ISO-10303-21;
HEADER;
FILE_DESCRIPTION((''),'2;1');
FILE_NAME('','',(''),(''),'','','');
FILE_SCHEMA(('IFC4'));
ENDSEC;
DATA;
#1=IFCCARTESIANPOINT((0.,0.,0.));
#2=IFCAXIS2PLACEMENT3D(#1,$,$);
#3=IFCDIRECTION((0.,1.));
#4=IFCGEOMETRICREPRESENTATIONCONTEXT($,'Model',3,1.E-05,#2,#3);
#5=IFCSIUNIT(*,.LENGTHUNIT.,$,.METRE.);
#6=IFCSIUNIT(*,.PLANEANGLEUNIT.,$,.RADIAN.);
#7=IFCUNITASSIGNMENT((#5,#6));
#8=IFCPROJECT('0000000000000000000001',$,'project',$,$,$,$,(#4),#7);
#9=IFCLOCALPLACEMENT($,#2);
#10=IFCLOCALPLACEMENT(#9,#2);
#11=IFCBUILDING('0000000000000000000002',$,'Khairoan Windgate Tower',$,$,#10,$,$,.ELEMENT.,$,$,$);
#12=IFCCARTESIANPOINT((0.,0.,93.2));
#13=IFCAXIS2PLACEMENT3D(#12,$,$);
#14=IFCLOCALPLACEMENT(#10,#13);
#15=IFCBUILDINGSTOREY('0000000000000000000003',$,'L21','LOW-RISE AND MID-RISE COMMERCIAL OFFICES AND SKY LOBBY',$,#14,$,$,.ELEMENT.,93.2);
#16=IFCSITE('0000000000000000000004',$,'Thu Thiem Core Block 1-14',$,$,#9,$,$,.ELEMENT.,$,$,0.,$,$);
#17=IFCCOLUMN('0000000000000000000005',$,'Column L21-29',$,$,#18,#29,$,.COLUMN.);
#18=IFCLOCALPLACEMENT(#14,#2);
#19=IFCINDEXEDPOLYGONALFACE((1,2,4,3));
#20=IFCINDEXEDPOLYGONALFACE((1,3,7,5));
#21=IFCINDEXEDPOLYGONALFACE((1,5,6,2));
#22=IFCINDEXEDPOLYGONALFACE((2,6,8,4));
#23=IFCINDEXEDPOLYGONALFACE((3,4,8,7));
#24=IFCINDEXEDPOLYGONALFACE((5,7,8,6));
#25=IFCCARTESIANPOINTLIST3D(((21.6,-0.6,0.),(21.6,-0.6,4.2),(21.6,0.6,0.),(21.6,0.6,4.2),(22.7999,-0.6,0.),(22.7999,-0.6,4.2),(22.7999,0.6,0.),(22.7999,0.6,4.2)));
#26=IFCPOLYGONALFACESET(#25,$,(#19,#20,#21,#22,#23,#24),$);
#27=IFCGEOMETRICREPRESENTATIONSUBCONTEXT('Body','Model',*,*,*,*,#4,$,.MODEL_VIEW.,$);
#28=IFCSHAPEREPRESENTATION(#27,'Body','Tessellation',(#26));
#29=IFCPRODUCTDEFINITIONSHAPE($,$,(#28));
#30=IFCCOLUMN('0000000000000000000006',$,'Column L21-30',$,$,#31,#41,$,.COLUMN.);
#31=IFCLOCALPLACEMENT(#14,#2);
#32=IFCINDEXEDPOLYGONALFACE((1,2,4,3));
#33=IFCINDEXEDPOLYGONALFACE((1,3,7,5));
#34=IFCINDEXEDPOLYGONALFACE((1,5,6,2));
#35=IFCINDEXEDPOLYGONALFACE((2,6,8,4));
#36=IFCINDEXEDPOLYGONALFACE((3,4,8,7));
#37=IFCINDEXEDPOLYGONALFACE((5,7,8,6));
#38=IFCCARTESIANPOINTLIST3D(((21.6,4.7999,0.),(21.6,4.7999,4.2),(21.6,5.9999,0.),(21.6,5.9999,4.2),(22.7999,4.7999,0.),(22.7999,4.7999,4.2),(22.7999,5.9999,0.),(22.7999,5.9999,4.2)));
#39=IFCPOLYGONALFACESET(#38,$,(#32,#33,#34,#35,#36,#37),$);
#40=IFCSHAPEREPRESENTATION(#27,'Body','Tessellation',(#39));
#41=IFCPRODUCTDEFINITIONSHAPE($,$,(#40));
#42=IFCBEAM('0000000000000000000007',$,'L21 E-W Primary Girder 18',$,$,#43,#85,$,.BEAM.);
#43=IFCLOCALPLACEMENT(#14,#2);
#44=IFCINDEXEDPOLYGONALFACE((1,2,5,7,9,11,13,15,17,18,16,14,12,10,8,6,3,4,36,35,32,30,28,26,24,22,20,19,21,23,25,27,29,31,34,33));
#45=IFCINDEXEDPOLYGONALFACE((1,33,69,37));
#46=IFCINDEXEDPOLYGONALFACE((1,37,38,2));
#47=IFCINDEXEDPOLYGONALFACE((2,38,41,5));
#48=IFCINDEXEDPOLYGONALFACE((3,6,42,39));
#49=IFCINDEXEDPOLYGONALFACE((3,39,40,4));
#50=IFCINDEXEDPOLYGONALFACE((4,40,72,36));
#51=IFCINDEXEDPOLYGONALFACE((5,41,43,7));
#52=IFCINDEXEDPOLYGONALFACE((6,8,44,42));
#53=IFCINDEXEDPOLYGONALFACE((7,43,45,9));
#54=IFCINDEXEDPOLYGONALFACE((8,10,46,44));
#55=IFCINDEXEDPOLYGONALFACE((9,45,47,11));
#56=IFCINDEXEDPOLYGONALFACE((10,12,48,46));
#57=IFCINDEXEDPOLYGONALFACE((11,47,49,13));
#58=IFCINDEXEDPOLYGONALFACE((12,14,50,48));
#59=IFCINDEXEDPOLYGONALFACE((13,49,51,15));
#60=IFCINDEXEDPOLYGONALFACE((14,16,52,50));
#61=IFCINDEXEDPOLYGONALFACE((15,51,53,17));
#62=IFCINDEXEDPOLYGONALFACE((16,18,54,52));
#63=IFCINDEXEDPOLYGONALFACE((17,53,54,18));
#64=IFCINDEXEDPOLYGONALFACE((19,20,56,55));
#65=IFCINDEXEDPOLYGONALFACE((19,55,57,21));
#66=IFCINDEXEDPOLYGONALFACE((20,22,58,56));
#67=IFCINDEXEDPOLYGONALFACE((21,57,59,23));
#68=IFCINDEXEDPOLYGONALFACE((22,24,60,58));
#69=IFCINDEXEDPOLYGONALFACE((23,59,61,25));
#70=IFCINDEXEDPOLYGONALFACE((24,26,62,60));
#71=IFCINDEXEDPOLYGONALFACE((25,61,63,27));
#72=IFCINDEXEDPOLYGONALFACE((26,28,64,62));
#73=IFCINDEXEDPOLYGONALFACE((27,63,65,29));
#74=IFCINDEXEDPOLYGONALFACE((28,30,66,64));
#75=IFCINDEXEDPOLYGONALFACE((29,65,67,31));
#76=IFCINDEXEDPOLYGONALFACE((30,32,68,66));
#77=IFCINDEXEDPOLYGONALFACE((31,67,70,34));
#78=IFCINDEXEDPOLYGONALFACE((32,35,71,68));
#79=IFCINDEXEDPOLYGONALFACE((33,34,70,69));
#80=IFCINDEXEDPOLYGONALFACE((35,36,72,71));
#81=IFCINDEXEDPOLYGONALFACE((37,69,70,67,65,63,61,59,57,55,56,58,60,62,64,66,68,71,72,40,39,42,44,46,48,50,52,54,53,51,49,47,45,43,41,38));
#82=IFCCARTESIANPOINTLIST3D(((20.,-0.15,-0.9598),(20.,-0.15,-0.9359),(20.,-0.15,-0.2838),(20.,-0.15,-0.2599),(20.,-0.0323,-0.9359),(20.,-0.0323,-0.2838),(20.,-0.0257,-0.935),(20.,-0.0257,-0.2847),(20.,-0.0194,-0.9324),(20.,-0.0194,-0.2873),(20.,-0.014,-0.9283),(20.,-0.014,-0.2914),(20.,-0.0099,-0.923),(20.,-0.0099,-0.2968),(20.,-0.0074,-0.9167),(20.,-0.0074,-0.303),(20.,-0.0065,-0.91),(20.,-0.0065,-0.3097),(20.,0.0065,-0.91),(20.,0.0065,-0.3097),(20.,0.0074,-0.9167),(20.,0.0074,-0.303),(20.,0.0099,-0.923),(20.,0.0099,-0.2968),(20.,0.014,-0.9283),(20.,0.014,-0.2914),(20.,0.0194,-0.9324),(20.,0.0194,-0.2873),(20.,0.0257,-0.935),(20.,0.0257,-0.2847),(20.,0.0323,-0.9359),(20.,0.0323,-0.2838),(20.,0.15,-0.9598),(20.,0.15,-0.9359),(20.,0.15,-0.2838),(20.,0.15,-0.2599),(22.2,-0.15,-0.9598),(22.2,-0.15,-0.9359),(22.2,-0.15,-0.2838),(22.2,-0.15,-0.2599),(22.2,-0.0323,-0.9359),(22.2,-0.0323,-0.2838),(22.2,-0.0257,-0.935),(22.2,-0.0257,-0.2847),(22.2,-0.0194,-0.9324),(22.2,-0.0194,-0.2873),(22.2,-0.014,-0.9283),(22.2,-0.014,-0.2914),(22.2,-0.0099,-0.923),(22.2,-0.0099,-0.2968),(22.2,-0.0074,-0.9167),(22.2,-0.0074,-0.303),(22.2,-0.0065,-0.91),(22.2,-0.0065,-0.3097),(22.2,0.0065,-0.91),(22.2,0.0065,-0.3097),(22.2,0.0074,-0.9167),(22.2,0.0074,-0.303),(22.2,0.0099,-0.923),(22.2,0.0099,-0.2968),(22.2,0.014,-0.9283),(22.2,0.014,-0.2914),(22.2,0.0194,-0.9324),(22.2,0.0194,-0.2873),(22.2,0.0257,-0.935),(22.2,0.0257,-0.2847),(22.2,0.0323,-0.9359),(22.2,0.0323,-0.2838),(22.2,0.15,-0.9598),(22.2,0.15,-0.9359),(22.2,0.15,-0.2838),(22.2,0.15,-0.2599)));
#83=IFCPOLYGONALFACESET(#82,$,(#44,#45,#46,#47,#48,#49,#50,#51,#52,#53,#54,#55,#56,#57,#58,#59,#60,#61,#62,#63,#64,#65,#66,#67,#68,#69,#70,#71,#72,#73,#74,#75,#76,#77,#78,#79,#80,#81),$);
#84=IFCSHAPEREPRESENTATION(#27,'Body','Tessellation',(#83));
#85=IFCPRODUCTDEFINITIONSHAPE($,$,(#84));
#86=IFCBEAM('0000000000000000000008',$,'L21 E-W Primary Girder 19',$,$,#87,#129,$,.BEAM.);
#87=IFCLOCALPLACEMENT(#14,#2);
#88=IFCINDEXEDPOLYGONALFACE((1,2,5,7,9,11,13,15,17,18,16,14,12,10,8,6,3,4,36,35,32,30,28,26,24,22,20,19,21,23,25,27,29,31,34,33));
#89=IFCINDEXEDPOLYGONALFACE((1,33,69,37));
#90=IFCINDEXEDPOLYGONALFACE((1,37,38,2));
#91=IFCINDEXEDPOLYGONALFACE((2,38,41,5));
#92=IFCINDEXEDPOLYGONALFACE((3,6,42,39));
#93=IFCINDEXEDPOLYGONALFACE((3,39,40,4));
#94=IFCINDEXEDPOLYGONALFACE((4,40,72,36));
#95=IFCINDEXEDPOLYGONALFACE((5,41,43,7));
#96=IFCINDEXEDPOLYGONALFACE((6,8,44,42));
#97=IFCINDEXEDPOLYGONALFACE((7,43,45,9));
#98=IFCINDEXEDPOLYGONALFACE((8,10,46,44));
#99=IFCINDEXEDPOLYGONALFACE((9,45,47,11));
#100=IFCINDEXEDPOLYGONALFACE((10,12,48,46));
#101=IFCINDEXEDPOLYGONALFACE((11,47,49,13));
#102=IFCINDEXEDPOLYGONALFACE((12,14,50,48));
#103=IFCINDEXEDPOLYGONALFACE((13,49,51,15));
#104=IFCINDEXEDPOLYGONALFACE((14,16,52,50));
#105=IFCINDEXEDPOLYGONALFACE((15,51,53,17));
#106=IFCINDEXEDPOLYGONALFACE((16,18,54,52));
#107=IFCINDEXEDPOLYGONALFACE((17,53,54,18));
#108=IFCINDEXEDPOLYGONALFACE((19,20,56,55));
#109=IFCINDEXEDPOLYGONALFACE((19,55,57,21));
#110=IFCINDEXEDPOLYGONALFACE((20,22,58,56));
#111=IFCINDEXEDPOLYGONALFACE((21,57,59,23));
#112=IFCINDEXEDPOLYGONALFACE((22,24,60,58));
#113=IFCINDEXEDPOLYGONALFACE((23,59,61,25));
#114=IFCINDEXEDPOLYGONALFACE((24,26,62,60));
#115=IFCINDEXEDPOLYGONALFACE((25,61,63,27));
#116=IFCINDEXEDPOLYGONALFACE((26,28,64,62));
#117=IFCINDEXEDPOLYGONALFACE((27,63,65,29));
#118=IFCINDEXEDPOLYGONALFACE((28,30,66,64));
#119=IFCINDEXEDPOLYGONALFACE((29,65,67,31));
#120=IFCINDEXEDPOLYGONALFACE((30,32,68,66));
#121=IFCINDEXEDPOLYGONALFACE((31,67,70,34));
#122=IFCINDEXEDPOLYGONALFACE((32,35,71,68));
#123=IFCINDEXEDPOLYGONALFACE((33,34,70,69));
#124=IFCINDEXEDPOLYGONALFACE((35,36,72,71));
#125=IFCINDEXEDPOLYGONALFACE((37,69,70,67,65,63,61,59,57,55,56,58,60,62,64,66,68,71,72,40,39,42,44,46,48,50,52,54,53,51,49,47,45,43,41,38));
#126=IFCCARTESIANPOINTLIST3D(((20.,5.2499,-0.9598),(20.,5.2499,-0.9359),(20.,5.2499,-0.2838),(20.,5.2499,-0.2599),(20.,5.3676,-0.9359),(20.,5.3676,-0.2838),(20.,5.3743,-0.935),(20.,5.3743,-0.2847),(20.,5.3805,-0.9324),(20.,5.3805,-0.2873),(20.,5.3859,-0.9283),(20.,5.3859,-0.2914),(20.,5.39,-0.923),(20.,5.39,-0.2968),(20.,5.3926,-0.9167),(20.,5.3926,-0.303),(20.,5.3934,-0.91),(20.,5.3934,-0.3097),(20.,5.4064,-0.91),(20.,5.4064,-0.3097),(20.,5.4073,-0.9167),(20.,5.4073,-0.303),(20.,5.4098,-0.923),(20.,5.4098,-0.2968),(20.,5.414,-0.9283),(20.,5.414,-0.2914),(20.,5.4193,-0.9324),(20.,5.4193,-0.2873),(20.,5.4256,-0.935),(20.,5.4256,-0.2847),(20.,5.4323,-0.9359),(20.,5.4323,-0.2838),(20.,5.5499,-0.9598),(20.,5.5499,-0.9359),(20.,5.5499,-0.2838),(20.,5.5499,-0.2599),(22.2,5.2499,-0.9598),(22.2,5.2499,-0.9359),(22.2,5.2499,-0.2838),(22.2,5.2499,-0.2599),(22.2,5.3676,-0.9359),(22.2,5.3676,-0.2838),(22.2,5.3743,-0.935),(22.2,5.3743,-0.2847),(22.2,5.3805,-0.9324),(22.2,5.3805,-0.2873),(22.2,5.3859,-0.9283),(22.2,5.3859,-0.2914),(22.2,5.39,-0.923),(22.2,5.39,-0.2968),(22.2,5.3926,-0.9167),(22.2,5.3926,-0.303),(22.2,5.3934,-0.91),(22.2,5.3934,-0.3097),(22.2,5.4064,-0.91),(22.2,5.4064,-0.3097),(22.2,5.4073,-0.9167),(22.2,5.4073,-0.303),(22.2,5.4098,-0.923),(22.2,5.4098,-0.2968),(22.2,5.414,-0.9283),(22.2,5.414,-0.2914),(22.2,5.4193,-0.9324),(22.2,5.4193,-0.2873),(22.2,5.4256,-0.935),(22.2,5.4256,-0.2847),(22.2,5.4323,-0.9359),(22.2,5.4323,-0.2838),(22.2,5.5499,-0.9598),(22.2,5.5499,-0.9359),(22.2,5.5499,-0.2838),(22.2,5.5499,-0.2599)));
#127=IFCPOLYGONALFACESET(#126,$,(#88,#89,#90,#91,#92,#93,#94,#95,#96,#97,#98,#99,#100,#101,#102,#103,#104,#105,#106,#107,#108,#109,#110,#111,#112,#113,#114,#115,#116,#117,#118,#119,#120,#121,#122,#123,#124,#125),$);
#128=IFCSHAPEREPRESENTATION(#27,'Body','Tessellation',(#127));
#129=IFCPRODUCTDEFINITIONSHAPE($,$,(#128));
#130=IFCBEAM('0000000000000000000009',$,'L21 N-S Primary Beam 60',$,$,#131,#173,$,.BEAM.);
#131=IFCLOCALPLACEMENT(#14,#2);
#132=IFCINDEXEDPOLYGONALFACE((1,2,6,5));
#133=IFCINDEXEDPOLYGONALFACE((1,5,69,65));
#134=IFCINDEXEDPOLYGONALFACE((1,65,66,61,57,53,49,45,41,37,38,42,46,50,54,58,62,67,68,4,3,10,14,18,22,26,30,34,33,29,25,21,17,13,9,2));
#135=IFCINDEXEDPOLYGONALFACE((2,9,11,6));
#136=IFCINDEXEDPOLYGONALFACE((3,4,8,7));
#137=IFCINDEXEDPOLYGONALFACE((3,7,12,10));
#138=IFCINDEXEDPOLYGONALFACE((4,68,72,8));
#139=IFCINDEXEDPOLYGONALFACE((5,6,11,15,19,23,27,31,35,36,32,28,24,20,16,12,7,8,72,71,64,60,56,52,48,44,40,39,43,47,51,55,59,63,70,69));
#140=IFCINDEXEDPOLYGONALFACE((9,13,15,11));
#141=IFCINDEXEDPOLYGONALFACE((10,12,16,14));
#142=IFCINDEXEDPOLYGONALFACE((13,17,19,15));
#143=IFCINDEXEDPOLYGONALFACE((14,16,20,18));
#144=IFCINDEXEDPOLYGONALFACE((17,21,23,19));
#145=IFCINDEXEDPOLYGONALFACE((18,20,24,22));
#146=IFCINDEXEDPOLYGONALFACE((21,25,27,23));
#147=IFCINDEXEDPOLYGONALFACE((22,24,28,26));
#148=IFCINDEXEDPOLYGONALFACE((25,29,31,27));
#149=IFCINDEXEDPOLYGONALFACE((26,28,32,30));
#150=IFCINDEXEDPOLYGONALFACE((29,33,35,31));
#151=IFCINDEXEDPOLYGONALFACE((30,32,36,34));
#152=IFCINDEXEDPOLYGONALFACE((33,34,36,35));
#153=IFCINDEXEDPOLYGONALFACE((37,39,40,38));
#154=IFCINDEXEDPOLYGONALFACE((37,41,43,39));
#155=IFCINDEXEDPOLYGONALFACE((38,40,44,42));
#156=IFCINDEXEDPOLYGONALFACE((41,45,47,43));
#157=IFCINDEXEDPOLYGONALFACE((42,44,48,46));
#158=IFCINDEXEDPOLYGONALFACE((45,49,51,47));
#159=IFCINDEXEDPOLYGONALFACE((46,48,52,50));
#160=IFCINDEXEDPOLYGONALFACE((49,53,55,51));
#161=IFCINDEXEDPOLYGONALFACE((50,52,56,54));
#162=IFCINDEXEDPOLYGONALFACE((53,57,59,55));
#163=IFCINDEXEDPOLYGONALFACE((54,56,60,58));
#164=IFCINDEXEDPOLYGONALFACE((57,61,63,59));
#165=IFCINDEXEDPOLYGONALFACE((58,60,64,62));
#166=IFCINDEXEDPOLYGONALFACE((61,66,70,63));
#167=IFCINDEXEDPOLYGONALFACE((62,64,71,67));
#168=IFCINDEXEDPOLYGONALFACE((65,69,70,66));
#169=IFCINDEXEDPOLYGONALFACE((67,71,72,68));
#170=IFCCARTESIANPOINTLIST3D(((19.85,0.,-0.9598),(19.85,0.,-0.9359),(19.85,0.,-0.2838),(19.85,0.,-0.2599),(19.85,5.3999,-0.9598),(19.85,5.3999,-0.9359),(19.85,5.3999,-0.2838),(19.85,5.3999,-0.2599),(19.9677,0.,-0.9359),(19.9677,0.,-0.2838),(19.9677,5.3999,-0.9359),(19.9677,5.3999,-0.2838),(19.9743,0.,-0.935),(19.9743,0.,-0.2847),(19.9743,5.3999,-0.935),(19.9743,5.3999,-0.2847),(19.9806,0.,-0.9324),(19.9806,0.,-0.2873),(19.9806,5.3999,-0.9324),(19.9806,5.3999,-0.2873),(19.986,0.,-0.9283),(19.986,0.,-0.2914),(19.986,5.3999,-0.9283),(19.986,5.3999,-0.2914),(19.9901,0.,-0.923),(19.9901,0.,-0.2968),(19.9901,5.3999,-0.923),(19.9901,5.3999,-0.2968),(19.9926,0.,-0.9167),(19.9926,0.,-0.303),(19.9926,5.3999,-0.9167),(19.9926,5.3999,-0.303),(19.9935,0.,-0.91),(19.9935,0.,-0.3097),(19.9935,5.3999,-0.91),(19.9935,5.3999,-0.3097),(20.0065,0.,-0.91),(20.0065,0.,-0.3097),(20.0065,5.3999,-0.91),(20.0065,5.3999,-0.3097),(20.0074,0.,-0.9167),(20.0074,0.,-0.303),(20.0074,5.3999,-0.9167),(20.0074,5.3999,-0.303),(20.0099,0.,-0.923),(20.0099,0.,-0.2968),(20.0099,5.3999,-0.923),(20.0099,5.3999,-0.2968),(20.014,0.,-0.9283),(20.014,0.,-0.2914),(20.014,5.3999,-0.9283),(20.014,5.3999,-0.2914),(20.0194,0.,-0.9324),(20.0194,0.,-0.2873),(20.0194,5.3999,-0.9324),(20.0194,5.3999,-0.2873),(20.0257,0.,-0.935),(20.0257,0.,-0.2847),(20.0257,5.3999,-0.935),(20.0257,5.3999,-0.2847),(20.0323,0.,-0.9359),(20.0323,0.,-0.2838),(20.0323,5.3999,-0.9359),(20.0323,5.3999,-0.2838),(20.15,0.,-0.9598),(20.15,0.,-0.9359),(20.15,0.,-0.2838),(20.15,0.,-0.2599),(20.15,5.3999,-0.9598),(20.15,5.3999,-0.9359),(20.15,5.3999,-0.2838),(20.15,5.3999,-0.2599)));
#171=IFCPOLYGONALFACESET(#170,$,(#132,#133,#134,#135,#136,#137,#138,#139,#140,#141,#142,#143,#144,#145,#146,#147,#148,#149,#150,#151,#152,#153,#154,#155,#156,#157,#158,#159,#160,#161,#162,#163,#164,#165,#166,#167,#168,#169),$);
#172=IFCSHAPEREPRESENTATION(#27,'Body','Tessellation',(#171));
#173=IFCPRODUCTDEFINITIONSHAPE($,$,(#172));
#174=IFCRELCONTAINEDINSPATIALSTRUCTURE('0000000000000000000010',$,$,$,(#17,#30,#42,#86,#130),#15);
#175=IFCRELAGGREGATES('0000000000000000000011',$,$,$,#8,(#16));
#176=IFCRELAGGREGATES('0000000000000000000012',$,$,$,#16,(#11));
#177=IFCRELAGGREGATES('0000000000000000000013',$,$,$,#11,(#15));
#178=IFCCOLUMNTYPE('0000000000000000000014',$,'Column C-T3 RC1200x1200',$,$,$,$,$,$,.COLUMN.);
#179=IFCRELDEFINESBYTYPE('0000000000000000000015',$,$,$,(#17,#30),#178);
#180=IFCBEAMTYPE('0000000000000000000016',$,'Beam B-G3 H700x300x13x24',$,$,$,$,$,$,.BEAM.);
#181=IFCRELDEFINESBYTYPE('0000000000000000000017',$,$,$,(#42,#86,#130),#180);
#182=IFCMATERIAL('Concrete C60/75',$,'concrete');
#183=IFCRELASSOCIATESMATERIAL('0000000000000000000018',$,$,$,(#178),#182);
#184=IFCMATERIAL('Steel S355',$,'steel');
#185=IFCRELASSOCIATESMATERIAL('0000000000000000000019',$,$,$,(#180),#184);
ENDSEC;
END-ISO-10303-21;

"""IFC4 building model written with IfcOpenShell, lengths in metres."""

from ifc_helpers import new_model, si_unit, direction, frame, origin, origin_2d, place, context, subcontext, project, spatial, rectangle, i_section, extrude, material, material_profile, profile_set, type_object, element, save


model = new_model("IFC4")

# Units and contexts
model_context = context("Model", 3, precision=1e-05, world=origin(), true_north=direction((0.0, 1.0)))
body_context = subcontext(model_context, "Body", "Model", "MODEL_VIEW")
ifc_project = project(units=[si_unit("LENGTHUNIT", "METRE"), si_unit("PLANEANGLEUNIT", "RADIAN")], contexts=[model_context])

# Site, building, storey
site_placement = place(None, origin())
site = spatial("IfcSite", under=ifc_project, at=site_placement, Name="Thu Thiem Core Block 1-14", CompositionType="ELEMENT", RefElevation=0.0)
building_placement = place(site_placement, origin())
building = spatial("IfcBuilding", under=site, at=building_placement, Name="Khairoan Windgate Tower", CompositionType="ELEMENT")
storey_placement = place(building_placement, frame((0.0, 0.0, 93.2)))
storey = spatial("IfcBuildingStorey", under=building, at=storey_placement, Name="L21", Description="LOW-RISE AND MID-RISE COMMERCIAL OFFICES AND SKY LOBBY", CompositionType="ELEMENT", Elevation=93.2)

# Columns
ifc_material_1 = material(Name="Concrete C60/75", Category="concrete")
ifc_material_profile_1 = material_profile(ifc_material_1, rectangle(XDim=1.2, YDim=1.2, at=origin_2d()))
ifc_profile_set_1 = profile_set([ifc_material_profile_1], Name="Concrete C60/75")
column_type = type_object("IfcColumnType", Name="Column C-T3 RC1200x1200", PredefinedType="COLUMN", material=ifc_profile_set_1)
for number, where, z_axis, x_axis, name in (
    (1, (22.2, 0.0, 0.0), (0.0, 0.0, 1.0), (1.0, 0.0, 0.0), "Column L21-29"),
    (2, (22.2, 5.3999, 0.0), (0.0, 0.0, 1.0), (1.0, 0.0, 0.0), "Column L21-30"),
):
    element("IfcColumn", number, at=place(storey_placement, frame(where, z_axis=z_axis, x_axis=x_axis)), inside=storey, type_object=column_type, Name=name, PredefinedType="COLUMN", context=body_context, shape_type="SweptSolid", body=[
        extrude(rectangle(XDim=1.2, YDim=1.2, at=origin_2d()), origin(), (0.0, 0.0, 1.0), 4.2),
    ])

# Beams
ifc_material_2 = material(Name="Steel S355", Category="steel")
ifc_material_profile_2 = material_profile(ifc_material_2, i_section(OverallWidth=0.3, OverallDepth=0.7, WebThickness=0.0129, FlangeThickness=0.0239, FilletRadius=0.0259, at=origin_2d()))
ifc_profile_set_2 = profile_set([ifc_material_profile_2], Name="Steel S355")
beam_type_1 = type_object("IfcBeamType", Name="Beam B-G3 H700x300x13x24", PredefinedType="BEAM", material=ifc_profile_set_2)
for number, where, z_axis, x_axis, name in (
    (3, (20.0, 0.0, -0.6099), (1.0, 0.0, 0.0), (0.0, 1.0, 0.0), "L21 E-W Primary Girder 18"),
    (4, (20.0, 5.3999, -0.6099), (1.0, 0.0, 0.0), (0.0, 1.0, 0.0), "L21 E-W Primary Girder 19"),
):
    element("IfcBeam", number, at=place(storey_placement, frame(where, z_axis=z_axis, x_axis=x_axis)), inside=storey, type_object=beam_type_1, Name=name, PredefinedType="BEAM", context=body_context, shape_type="SweptSolid", body=[
        extrude(i_section(OverallWidth=0.3, OverallDepth=0.7, WebThickness=0.0129, FlangeThickness=0.0239, FilletRadius=0.0259, at=origin_2d()), origin(), (0.0, 0.0, 1.0), 2.2),
    ])
beam_1_placement = place(storey_placement, frame((20.0, 0.0, -0.6099), z_axis=(0.0, 1.0, 0.0), x_axis=(-1.0, 0.0, 0.0)))
element("IfcBeam", 5, at=beam_1_placement, inside=storey, type_object=beam_type_1, Name="L21 N-S Primary Beam 60", PredefinedType="BEAM", context=body_context, shape_type="SweptSolid", body=[
    extrude(i_section(OverallWidth=0.3, OverallDepth=0.7, WebThickness=0.0129, FlangeThickness=0.0239, FilletRadius=0.0259, at=origin_2d()), origin(), (0.0, 0.0, 1.0), 5.3999),
])

save(model, "model.ifc")
